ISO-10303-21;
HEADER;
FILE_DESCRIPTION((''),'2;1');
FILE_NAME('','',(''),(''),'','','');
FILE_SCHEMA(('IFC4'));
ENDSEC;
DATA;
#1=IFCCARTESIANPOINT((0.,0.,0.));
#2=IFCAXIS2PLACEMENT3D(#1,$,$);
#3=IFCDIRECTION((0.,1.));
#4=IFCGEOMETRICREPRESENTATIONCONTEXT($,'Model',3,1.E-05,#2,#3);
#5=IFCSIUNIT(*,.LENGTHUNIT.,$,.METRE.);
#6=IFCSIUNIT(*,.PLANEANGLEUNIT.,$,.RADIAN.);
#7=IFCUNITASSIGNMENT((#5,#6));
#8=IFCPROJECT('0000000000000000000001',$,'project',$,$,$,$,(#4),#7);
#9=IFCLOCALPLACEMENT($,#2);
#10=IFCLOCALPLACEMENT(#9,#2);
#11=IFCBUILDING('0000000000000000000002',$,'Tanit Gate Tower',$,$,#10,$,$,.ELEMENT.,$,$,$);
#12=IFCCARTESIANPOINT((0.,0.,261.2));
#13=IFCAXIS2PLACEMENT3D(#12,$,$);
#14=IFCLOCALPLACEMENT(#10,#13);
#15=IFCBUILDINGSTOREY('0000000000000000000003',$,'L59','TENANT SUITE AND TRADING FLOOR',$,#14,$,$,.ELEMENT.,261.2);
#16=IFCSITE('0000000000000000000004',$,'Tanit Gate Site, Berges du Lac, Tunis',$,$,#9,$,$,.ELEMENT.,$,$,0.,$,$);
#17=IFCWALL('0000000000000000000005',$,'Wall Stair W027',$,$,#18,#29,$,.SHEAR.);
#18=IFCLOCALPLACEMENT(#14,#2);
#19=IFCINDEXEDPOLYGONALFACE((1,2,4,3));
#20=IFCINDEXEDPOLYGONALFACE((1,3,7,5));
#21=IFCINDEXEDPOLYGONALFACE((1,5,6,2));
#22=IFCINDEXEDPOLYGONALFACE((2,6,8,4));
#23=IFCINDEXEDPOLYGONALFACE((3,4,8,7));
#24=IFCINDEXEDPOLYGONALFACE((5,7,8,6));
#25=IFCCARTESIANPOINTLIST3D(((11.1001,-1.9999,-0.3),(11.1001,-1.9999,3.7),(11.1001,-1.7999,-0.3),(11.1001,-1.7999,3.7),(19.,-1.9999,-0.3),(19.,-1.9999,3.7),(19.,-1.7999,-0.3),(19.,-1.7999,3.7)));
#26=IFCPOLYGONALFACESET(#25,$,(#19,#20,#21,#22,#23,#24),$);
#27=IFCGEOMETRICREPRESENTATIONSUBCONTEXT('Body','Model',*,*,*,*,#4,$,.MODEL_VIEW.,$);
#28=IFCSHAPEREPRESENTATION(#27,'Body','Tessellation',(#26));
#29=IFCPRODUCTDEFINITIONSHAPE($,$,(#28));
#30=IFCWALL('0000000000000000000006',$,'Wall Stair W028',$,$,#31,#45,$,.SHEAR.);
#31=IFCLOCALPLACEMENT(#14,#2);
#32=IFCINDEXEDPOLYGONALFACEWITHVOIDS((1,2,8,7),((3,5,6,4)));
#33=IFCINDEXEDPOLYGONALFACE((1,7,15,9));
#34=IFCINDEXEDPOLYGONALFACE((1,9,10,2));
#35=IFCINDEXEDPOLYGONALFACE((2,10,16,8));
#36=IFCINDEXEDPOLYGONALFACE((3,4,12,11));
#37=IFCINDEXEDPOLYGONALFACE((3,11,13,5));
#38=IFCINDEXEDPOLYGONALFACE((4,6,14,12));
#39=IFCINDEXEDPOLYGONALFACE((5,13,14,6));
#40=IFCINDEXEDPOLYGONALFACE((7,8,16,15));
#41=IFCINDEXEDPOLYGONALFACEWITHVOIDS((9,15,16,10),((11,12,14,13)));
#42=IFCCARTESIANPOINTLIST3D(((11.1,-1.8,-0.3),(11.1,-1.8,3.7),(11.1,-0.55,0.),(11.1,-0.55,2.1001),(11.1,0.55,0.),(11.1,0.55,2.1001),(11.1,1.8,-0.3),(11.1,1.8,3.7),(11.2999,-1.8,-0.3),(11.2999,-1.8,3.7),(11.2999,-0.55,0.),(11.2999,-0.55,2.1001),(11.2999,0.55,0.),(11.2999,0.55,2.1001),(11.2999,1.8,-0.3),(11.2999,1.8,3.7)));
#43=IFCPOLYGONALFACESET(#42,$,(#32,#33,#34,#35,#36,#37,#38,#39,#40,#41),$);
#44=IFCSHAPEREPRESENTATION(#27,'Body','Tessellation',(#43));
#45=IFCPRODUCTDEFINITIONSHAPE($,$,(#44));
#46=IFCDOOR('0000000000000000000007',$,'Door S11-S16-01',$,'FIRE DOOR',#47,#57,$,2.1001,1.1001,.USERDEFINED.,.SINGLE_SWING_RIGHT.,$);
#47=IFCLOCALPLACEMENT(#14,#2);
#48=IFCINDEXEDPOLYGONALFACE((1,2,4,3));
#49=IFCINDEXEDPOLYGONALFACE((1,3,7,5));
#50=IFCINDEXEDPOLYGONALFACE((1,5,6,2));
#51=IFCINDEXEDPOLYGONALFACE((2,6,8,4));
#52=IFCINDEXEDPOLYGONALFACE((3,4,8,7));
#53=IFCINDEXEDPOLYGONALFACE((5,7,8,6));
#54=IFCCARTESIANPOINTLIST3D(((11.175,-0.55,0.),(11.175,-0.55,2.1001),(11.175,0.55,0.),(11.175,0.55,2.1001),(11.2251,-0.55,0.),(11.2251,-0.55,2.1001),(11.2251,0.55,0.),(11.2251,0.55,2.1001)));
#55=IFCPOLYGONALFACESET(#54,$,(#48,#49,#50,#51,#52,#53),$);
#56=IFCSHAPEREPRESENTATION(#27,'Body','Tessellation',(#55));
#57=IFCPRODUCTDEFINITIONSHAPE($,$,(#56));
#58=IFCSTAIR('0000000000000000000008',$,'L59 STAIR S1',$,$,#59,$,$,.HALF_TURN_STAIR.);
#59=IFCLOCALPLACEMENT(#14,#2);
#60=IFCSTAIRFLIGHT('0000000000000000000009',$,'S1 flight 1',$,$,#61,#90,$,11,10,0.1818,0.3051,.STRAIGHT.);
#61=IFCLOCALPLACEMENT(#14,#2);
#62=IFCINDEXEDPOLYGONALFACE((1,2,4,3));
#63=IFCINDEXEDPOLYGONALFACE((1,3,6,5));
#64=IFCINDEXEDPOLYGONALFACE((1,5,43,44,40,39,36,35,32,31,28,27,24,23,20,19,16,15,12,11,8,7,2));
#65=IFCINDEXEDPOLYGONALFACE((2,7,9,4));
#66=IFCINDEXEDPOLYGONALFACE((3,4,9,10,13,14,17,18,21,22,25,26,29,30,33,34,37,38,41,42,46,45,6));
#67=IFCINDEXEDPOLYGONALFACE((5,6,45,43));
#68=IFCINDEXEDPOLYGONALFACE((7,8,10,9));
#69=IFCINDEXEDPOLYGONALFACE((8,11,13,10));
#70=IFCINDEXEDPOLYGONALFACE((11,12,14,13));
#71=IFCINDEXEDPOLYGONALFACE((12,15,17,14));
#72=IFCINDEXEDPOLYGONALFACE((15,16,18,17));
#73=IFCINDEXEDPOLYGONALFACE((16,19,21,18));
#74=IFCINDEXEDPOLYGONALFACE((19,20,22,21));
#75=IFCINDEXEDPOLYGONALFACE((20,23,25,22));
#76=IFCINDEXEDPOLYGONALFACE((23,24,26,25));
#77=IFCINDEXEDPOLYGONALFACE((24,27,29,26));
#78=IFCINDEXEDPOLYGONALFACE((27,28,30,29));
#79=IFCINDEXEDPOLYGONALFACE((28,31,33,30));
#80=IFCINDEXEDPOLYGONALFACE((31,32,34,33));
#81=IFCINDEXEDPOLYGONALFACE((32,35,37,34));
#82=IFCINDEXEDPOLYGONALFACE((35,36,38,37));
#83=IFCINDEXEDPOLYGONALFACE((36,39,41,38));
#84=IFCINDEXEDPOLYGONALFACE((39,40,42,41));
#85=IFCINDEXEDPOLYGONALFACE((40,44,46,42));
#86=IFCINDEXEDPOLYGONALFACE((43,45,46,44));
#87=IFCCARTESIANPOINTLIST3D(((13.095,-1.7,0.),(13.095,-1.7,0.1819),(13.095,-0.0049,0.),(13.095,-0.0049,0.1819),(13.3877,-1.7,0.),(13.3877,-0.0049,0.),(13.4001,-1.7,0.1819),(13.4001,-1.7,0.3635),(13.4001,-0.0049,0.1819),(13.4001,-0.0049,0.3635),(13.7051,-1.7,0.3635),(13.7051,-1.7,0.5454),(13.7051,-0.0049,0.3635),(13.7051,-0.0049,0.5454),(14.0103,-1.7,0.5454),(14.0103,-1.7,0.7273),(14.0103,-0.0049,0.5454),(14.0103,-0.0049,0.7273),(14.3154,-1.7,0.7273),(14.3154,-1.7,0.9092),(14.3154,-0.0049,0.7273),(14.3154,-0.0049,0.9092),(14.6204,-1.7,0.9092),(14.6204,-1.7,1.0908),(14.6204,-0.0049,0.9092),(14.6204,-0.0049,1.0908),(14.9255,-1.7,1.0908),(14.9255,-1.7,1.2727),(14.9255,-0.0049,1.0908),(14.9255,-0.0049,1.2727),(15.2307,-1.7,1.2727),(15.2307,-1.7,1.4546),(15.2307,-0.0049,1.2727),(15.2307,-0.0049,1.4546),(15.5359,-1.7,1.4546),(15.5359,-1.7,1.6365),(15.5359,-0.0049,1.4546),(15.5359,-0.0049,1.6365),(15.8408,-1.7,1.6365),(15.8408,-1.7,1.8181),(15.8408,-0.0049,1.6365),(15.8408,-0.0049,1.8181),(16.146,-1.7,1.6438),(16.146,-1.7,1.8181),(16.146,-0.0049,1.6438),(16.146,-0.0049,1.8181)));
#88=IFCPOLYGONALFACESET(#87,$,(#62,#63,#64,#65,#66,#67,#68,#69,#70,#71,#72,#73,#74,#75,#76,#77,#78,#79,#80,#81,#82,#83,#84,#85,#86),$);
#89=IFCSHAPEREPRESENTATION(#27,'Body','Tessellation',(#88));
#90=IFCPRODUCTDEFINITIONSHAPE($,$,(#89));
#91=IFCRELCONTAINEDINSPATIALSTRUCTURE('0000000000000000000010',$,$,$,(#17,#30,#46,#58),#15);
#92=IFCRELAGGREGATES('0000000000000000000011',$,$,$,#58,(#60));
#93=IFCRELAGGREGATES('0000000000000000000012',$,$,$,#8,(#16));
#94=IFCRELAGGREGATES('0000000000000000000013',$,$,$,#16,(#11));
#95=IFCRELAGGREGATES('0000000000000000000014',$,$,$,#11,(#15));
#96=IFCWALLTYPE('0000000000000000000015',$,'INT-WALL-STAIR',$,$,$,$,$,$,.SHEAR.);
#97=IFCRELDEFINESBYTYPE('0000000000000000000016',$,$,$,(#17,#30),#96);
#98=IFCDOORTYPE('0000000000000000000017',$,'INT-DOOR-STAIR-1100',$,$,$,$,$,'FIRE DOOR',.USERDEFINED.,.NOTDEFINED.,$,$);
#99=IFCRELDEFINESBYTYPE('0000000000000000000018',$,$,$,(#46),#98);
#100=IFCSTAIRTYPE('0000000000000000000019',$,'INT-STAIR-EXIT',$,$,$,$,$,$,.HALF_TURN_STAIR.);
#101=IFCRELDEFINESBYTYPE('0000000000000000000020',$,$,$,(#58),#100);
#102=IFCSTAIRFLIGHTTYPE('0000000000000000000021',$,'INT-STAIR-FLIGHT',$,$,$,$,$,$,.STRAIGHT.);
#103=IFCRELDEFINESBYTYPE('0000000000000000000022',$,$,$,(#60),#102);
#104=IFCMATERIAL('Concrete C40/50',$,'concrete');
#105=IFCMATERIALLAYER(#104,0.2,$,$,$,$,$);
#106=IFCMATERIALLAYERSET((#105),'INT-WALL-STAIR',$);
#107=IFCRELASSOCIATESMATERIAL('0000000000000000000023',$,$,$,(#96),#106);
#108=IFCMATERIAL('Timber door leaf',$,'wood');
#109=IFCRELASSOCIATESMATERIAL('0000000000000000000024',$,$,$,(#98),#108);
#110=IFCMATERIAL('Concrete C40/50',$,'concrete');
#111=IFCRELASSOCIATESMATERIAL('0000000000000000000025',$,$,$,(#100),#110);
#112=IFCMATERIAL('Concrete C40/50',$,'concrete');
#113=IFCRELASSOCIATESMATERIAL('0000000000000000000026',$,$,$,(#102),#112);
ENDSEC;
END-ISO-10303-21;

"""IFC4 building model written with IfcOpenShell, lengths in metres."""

from ifc_helpers import new_model, si_unit, direction, frame, frame_2d, origin, place, context, subcontext, project, spatial, polyline, rectangle, outline, extrude, material, layer, layer_set, type_object, element, fill, aggregate, save


model = new_model("IFC4")

# Units and contexts
model_context = context("Model", 3, precision=1e-05, world=origin(), true_north=direction((0.0, 1.0)))
body_context = subcontext(model_context, "Body", "Model", "MODEL_VIEW")
ifc_project = project(units=[si_unit("LENGTHUNIT", "METRE"), si_unit("PLANEANGLEUNIT", "RADIAN")], contexts=[model_context])

# Site, building, storey
site_placement = place(None, origin())
site = spatial("IfcSite", under=ifc_project, at=site_placement, Name="Tanit Gate Site, Berges du Lac, Tunis", CompositionType="ELEMENT", RefElevation=0.0)
building_placement = place(site_placement, origin())
building = spatial("IfcBuilding", under=site, at=building_placement, Name="Tanit Gate Tower", CompositionType="ELEMENT")
storey_placement = place(building_placement, frame((0.0, 0.0, 261.2)))
storey = spatial("IfcBuildingStorey", under=building, at=storey_placement, Name="L59", Description="TENANT SUITE AND TRADING FLOOR", CompositionType="ELEMENT", Elevation=261.2)

# Wall
ifc_material_1 = material(Name="Concrete C40/50", Category="concrete")
ifc_layer_1 = layer(ifc_material_1, 0.2)
ifc_layer_set_1 = layer_set([ifc_layer_1], Name="INT-WALL-STAIR")
wall_type_1 = type_object("IfcWallType", Name="INT-WALL-STAIR", PredefinedType="SHEAR", material=ifc_layer_set_1)
wall_1_placement = place(storey_placement, frame((11.1001, -1.8999, -0.3), z_axis=(0.0, 0.0, 1.0), x_axis=(1.0, 0.0, 0.0)))
element("IfcWall", 1, at=wall_1_placement, inside=storey, type_object=wall_type_1, Name="Wall Stair W027", PredefinedType="SHEAR", context=body_context, shape_type="SweptSolid", body=[
    extrude(rectangle(XDim=7.8999, YDim=0.2, at=frame_2d((3.95, 0.0))), origin(), (0.0, 0.0, 1.0), 4.0),
])

# Wall, opening, door
wall_2_placement = place(storey_placement, frame((11.2, -1.8, -0.3), z_axis=(0.0, 0.0, 1.0), x_axis=(0.0, 1.0, 0.0)))
wall_2 = element("IfcWall", 2, at=wall_2_placement, inside=storey, type_object=wall_type_1, Name="Wall Stair W028", PredefinedType="SHEAR", context=body_context, shape_type="SweptSolid", body=[
    extrude(rectangle(XDim=3.6001, YDim=0.2, at=frame_2d((1.8, 0.0))), origin(), (0.0, 0.0, 1.0), 4.0),
])
opening_1_placement = place(wall_2_placement, frame((1.25, 0.0, 0.3)))
opening_1 = element("IfcOpeningElement", 3, at=opening_1_placement, cuts=wall_2, PredefinedType="OPENING", context=body_context, shape_type="SweptSolid", body=[
    extrude(rectangle(XDim=1.1001, YDim=2.1001, at=frame_2d((0.55, 1.05))), frame((0.0, 0.1099, 0.0), z_axis=(0.0, -1.0, 0.0), x_axis=(1.0, 0.0, 0.0)), (0.0, 0.0, 1.0), 0.22),
])
ifc_material_2 = material(Name="Timber door leaf", Category="wood")
door_type_1 = type_object("IfcDoorType", Name="INT-DOOR-STAIR-1100", ElementType="FIRE DOOR", OperationType="NOTDEFINED", PredefinedType="USERDEFINED", material=ifc_material_2)
door_1_placement = place(opening_1_placement, origin())
door_1 = element("IfcDoor", 4, at=door_1_placement, inside=storey, type_object=door_type_1, Name="Door S11-S16-01", ObjectType="FIRE DOOR", OperationType="SINGLE_SWING_RIGHT", OverallHeight=2.1001, OverallWidth=1.1001, PredefinedType="USERDEFINED", context=body_context, shape_type="SweptSolid", body=[
    extrude(rectangle(XDim=1.1001, YDim=2.1001, at=frame_2d((0.55, 1.05))), frame((0.0, 0.0249, 0.0), z_axis=(0.0, -1.0, 0.0), x_axis=(1.0, 0.0, 0.0)), (0.0, 0.0, 1.0), 0.05),
])
fill(opening_1, door_1)

# Stair, stair flight
ifc_material_3 = material(Name="Concrete C40/50", Category="concrete")
stair_type = type_object("IfcStairType", Name="INT-STAIR-EXIT", PredefinedType="HALF_TURN_STAIR", material=ifc_material_3)
stair_placement = place(storey_placement, origin())
stair = element("IfcStair", 5, at=stair_placement, inside=storey, type_object=stair_type, Name="L59 STAIR S1", PredefinedType="HALF_TURN_STAIR")
ifc_material_4 = material(Name="Concrete C40/50", Category="concrete")
stair_flight_type = type_object("IfcStairFlightType", Name="INT-STAIR-FLIGHT", PredefinedType="STRAIGHT", material=ifc_material_4)
stair_flight_placement = place(storey_placement, frame((13.095, -0.8525, 0.0), z_axis=(0.0, 0.0, 1.0), x_axis=(1.0, 0.0, 0.0)))
stair_flight = element("IfcStairFlight", 6, at=stair_flight_placement, type_object=stair_flight_type, Name="S1 flight 1", NumberOfRisers=11, NumberOfTreads=10, PredefinedType="STRAIGHT", RiserHeight=0.1818, TreadLength=0.3051, context=body_context, shape_type="SweptSolid", body=[
    extrude(outline(polyline([(0.0, 0.0), (0.0, 0.1819), (0.3052, 0.1819), (0.3052, 0.3635), (0.6101, 0.3635), (0.6101, 0.5454), (0.9153, 0.5454), (0.9153, 0.7273), (1.2205, 0.7273), (1.2205, 0.9092), (1.5254, 0.9092), (1.5254, 1.0908), (1.8306, 1.0908), (1.8306, 1.2727), (2.1357, 1.2727), (2.1357, 1.4546), (2.4409, 1.4546), (2.4409, 1.6365), (2.7458, 1.6365), (2.7458, 1.8181), (3.051, 1.8181), (3.051, 2.0), (3.051, 1.6438), (0.2927, 0.0), (0.0, 0.0)])), frame((0.0, 0.8477, 0.0), z_axis=(0.0, -1.0, 0.0), x_axis=(1.0, 0.0, 0.0)), (0.0, 0.0, 1.0), 1.6951),
])
aggregate(stair, [stair_flight])

save(model, "model.ifc")
